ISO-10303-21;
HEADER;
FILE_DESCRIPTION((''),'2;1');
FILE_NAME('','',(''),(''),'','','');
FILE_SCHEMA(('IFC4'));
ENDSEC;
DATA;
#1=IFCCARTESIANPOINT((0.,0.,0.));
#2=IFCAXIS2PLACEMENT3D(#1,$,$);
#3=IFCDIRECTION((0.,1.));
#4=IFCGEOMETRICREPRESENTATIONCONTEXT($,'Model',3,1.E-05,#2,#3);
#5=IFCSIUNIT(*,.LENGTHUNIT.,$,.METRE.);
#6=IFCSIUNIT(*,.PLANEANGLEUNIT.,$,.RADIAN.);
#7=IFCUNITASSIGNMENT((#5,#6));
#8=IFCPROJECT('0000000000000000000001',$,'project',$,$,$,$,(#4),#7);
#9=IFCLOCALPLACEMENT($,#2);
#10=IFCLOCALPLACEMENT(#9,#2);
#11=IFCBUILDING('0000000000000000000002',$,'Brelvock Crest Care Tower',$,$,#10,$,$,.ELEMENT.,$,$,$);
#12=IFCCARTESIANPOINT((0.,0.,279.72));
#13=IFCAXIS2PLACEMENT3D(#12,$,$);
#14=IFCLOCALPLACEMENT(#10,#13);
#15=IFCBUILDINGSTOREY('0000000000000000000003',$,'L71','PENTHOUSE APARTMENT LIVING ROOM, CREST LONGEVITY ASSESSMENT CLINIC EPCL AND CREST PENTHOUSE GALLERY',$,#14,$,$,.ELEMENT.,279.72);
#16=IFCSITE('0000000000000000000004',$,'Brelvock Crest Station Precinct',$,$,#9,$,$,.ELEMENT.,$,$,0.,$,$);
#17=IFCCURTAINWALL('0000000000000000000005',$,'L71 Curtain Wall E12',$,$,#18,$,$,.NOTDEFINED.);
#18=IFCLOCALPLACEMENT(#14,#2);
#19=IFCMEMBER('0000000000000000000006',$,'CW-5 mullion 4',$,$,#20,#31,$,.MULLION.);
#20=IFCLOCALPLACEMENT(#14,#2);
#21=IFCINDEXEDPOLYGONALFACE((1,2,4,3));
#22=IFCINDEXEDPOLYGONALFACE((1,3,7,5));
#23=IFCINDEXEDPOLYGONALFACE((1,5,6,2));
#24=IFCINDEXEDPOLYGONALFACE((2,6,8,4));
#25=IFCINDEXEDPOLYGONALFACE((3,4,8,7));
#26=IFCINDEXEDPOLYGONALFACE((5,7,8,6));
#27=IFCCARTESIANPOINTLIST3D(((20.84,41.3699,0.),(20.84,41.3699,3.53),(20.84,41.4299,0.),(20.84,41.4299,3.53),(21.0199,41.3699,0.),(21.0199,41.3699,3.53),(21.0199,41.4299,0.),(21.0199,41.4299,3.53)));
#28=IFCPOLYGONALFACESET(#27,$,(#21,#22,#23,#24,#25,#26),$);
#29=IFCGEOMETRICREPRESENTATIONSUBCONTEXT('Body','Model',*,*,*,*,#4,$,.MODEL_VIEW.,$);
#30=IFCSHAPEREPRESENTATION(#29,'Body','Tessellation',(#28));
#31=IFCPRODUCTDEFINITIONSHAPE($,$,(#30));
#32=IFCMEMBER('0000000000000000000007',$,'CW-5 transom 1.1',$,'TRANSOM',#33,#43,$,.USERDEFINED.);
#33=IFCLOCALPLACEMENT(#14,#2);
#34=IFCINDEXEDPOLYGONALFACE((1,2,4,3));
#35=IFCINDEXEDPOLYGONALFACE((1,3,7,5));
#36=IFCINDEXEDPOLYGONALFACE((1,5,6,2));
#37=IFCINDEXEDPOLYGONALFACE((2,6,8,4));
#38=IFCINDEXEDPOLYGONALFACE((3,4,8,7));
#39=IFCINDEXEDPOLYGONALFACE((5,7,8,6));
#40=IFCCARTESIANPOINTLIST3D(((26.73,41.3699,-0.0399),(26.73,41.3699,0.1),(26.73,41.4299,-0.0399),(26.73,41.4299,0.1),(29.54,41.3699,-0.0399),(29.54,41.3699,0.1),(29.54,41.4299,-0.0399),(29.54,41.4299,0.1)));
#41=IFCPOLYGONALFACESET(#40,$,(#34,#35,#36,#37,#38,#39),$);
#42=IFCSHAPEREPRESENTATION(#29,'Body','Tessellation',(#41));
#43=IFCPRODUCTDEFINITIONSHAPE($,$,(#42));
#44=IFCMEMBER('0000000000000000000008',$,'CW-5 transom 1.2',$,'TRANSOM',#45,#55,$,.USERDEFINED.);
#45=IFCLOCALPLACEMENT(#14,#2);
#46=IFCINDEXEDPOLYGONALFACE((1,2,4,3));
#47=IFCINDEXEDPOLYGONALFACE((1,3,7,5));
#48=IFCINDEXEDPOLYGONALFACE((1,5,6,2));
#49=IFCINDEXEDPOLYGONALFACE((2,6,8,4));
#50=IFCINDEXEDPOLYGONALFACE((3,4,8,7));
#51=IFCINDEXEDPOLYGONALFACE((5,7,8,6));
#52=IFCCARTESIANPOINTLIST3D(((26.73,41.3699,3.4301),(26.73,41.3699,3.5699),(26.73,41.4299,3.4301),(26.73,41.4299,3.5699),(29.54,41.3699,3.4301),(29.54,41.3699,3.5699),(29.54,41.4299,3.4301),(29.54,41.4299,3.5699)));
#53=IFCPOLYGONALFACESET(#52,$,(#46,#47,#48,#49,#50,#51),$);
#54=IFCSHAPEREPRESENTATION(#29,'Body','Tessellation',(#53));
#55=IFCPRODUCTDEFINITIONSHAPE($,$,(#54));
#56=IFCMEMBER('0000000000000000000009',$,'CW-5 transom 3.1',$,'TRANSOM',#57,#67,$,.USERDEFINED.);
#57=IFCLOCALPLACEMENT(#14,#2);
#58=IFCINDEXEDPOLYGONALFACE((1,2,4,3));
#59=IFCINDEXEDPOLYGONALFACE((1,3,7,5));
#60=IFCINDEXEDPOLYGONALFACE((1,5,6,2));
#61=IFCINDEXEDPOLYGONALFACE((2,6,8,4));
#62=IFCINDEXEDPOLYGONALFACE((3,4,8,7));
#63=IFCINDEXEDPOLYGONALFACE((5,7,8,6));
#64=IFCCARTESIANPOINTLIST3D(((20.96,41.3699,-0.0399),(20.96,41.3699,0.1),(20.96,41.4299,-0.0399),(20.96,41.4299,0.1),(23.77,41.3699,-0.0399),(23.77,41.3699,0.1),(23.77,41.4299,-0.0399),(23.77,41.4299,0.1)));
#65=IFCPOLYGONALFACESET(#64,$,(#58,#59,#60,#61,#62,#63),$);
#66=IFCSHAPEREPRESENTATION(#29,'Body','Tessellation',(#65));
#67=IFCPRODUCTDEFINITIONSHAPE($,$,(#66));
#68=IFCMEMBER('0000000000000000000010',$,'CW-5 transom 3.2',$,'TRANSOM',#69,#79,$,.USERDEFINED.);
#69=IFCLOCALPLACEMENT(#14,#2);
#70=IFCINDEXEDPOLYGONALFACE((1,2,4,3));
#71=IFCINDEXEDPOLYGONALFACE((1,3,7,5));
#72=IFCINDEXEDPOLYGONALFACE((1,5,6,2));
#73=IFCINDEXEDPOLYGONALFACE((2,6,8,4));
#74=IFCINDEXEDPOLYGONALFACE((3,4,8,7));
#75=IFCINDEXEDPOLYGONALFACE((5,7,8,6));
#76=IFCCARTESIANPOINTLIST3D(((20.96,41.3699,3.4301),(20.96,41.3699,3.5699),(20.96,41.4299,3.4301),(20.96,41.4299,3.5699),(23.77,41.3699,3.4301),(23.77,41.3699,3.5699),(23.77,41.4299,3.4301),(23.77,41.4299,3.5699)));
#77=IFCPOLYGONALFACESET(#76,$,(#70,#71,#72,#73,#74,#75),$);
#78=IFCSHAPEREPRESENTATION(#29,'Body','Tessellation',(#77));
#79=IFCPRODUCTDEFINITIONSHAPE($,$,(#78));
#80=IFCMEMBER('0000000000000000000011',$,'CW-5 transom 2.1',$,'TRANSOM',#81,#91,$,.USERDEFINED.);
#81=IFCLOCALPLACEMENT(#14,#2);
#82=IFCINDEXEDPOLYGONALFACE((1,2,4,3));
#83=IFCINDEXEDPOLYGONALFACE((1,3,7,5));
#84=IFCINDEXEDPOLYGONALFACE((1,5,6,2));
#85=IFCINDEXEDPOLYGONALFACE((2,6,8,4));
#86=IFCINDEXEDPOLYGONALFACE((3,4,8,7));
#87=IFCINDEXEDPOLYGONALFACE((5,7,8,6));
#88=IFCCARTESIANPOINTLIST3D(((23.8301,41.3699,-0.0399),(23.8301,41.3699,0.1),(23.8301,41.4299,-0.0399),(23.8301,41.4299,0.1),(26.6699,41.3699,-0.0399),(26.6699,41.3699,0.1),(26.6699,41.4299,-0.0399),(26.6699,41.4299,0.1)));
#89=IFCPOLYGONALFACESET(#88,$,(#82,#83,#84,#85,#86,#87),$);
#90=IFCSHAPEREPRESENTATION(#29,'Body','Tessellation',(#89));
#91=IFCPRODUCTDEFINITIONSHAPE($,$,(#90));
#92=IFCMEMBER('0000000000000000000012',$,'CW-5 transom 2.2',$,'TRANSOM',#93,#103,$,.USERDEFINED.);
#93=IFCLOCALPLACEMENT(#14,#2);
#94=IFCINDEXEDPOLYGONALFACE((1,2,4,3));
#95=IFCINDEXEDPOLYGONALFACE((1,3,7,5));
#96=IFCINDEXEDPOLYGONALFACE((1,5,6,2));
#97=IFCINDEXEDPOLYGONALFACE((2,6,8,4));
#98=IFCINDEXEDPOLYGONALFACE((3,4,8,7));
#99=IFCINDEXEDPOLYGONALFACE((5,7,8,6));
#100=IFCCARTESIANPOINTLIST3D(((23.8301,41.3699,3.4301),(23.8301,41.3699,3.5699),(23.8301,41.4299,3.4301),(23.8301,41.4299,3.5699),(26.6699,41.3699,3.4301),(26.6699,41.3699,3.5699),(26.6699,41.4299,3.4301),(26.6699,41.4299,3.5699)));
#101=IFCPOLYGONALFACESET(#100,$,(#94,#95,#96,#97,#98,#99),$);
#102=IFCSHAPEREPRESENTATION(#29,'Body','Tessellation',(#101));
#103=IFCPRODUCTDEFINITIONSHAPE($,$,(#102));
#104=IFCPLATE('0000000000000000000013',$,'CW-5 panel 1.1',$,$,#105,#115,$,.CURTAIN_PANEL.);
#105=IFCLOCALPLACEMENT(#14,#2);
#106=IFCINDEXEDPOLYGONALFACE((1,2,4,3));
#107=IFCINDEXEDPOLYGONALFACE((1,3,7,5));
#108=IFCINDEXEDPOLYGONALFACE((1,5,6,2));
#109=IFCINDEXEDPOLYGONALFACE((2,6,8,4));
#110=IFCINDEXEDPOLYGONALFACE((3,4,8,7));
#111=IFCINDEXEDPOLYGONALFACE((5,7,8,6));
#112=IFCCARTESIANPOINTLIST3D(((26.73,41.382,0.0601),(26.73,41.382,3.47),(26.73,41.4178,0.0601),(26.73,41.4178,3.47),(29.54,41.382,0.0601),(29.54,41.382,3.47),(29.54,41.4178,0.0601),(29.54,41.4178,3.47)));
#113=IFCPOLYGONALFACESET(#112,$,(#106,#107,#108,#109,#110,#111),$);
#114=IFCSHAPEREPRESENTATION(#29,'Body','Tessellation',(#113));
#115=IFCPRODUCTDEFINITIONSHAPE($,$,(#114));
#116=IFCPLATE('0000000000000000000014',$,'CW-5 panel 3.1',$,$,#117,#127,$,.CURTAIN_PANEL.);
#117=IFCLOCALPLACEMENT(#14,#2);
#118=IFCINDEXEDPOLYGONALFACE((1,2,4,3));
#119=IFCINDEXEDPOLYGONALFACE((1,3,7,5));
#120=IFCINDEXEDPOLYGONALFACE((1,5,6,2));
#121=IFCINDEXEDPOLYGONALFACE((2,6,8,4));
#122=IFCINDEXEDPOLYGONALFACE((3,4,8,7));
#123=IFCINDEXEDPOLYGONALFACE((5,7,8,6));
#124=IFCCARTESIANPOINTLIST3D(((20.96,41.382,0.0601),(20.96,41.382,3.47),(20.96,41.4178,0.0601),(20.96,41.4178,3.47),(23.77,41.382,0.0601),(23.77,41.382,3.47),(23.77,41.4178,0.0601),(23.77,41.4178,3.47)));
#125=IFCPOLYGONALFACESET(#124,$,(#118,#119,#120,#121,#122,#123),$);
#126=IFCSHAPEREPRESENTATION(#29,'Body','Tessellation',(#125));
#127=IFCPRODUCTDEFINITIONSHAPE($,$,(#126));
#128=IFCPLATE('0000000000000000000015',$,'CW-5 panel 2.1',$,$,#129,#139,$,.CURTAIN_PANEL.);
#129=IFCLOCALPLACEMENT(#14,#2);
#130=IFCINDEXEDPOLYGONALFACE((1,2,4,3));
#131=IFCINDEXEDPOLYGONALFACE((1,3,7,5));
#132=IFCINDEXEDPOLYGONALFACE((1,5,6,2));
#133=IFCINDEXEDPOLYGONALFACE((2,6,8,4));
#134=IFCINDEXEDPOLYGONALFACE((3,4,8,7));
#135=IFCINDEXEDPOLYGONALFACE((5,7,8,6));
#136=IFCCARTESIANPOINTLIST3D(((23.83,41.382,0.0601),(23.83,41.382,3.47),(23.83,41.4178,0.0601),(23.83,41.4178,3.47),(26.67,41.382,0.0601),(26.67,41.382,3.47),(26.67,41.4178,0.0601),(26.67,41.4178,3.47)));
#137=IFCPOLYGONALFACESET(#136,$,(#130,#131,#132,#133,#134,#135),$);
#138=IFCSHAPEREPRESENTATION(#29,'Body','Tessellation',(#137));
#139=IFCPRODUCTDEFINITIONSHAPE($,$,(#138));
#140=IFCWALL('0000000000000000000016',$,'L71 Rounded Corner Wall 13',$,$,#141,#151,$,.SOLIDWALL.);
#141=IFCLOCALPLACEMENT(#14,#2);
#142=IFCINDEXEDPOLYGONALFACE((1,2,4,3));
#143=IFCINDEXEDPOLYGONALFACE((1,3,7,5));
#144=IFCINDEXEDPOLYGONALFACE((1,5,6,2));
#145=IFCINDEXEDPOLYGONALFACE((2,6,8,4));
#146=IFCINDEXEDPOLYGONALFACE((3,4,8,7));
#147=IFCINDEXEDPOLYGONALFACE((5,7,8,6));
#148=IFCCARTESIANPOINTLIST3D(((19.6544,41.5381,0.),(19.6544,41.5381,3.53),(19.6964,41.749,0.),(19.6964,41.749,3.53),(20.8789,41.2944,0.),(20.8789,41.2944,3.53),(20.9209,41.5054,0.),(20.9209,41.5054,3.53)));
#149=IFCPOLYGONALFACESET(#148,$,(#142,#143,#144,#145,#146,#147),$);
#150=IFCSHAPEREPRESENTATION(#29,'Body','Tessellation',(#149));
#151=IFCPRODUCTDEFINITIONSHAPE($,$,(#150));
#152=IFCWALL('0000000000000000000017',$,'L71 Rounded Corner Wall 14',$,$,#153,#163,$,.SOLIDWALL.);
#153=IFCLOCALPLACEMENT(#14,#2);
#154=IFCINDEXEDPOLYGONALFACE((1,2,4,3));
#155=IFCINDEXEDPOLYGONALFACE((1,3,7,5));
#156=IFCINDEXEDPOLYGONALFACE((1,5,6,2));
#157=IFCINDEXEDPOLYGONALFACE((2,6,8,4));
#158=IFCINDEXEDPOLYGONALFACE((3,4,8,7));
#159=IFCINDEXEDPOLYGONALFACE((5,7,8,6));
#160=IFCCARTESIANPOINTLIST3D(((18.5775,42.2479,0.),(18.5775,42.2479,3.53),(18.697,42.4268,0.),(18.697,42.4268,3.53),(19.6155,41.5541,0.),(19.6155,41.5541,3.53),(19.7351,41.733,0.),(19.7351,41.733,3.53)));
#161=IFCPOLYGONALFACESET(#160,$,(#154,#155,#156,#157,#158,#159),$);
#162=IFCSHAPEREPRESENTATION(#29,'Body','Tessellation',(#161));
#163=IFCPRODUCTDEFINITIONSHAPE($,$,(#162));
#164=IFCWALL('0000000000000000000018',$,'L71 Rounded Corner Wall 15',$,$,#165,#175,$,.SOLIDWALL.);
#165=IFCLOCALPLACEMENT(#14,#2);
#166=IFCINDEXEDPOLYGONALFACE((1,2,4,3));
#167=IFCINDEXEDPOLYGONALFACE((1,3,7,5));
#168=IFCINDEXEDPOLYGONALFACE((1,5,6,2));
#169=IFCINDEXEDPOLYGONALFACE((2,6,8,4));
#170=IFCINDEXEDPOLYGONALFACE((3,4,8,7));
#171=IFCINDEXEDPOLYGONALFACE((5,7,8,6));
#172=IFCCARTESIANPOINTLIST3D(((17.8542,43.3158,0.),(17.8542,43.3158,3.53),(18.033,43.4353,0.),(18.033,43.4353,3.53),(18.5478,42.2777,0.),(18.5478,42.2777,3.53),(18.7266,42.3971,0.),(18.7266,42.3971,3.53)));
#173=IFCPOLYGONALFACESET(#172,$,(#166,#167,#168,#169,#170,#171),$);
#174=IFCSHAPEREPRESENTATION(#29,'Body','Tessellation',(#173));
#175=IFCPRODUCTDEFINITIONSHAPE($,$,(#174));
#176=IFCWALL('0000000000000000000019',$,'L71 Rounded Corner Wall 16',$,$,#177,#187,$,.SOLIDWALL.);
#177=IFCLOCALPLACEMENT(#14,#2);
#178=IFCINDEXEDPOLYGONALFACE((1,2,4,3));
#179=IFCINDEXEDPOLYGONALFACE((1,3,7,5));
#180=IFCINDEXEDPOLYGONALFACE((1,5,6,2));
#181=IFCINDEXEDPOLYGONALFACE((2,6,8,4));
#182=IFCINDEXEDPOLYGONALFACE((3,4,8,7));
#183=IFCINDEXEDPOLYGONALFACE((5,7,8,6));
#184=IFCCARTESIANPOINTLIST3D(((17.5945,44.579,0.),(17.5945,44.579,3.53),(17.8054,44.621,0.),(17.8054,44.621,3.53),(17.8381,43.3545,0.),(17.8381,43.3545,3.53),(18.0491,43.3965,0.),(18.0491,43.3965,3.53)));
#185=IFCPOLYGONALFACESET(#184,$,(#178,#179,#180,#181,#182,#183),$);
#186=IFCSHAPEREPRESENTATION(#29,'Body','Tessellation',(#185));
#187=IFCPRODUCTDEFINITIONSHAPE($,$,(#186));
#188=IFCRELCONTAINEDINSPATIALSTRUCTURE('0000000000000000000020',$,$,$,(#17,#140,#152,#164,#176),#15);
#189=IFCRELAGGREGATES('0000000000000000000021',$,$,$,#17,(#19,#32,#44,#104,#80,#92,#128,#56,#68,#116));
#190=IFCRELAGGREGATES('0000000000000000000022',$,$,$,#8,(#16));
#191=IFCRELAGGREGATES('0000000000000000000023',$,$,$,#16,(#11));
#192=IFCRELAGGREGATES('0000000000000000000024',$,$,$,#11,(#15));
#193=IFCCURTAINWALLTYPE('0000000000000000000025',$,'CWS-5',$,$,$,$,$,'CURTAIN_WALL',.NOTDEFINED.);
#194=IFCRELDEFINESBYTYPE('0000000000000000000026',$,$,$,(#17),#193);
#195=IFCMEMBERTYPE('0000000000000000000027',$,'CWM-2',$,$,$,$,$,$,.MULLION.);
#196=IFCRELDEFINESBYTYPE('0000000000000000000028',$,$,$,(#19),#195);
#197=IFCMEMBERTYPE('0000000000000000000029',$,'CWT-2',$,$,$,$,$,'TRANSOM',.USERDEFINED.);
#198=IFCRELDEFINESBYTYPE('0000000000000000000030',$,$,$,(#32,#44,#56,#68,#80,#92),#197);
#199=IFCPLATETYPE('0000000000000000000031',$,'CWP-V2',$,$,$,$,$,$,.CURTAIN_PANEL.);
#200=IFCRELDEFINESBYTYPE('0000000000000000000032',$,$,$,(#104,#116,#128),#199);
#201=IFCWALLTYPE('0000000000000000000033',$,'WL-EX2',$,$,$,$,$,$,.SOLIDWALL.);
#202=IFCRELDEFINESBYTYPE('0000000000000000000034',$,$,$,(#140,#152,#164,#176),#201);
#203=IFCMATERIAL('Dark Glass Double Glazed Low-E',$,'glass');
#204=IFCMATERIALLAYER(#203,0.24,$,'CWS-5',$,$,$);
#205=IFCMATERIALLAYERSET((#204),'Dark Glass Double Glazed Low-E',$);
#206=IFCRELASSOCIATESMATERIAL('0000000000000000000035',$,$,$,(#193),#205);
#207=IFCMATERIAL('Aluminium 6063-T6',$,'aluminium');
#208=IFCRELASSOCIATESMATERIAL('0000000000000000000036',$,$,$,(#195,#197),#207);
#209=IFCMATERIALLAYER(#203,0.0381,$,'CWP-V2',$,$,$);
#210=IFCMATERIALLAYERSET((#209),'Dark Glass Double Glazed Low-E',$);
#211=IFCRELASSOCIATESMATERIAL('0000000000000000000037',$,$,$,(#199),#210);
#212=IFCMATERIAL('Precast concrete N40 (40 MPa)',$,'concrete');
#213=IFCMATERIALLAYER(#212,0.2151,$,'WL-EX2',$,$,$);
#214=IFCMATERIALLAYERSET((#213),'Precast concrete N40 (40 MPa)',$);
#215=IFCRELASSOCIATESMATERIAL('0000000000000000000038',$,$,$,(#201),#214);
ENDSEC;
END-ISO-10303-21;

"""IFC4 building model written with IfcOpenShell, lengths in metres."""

from ifc_helpers import new_model, si_unit, direction, frame, frame_2d, origin, origin_2d, place, context, subcontext, project, spatial, rectangle, extrude, source, transform, mapped, material, layer, layer_set, material_profile, profile_set, type_object, element, aggregate, save


model = new_model("IFC4")

# Units and contexts
model_context = context("Model", 3, precision=1e-05, world=origin(), true_north=direction((0.0, 1.0)))
body_context = subcontext(model_context, "Body", "Model", "MODEL_VIEW")
ifc_project = project(units=[si_unit("LENGTHUNIT", "METRE"), si_unit("PLANEANGLEUNIT", "RADIAN")], contexts=[model_context])

# Site, building, storey
site_placement = place(None, origin())
site = spatial("IfcSite", under=ifc_project, at=site_placement, Name="Brelvock Crest Station Precinct", CompositionType="ELEMENT", RefElevation=0.0)
building_placement = place(site_placement, origin())
building = spatial("IfcBuilding", under=site, at=building_placement, Name="Brelvock Crest Care Tower", CompositionType="ELEMENT")
storey_placement = place(building_placement, frame((0.0, 0.0, 279.72)))
storey = spatial("IfcBuildingStorey", under=building, at=storey_placement, Name="L71", Description="PENTHOUSE APARTMENT LIVING ROOM, CREST LONGEVITY ASSESSMENT CLINIC EPCL AND CREST PENTHOUSE GALLERY", CompositionType="ELEMENT", Elevation=279.72)

# Shared definitions
ifc_material_1 = material(Name="Dark Glass Double Glazed Low-E", Category="glass")
ifc_layer_1 = layer(ifc_material_1, 0.24, Name="CWS-5")
ifc_layer_set_1 = layer_set([ifc_layer_1], Name="Dark Glass Double Glazed Low-E")
curtain_wall_type = type_object("IfcCurtainWallType", Name="CWS-5", ElementType="CURTAIN_WALL", PredefinedType="NOTDEFINED", material=ifc_layer_set_1)
ifc_material_2 = material(Name="Aluminium 6063-T6", Category="aluminium")
ifc_material_profile_1 = material_profile(ifc_material_2, rectangle(XDim=0.0601, YDim=0.1799, at=origin_2d()), Name="ALU60x180")
ifc_profile_set_1 = profile_set([ifc_material_profile_1], Name="Aluminium 6063-T6")
member_type_1 = type_object("IfcMemberType", Name="CWM-2", PredefinedType="MULLION", material=ifc_profile_set_1)
shared_shape_1 = source(origin(), body_context, "Body", "SweptSolid", [
    extrude(rectangle(XDim=0.0601, YDim=0.1799, at=origin_2d()), origin(), (0.0, 0.0, 1.0), 3.53),
])

# Curtain wall, members, plates
curtain_wall_1_placement = place(storey_placement, origin())
curtain_wall_1 = element("IfcCurtainWall", 1, at=curtain_wall_1_placement, inside=storey, type_object=curtain_wall_type, Name="L71 Curtain Wall E12", PredefinedType="NOTDEFINED")
member_1_placement = place(storey_placement, frame((20.9299, 41.3999, 0.0), z_axis=(0.0, 0.0, 1.0), x_axis=(0.0, -1.0, 0.0)))
member_1 = element("IfcMember", 2, at=member_1_placement, type_object=member_type_1, Name="CW-5 mullion 4", PredefinedType="MULLION", context=body_context, shape_type="MappedRepresentation", body=[
    mapped(shared_shape_1, transform((0.0, 0.0, 0.0), x_axis=(1.0, 0.0, 0.0), y_axis=(0.0, 1.0, 0.0), z_axis=(0.0, 0.0, 1.0), scale=1.0)),
])
ifc_material_profile_2 = material_profile(ifc_material_2, rectangle(XDim=0.0601, YDim=0.1399, at=origin_2d()), Name="ALU60x140")
ifc_profile_set_2 = profile_set([ifc_material_profile_2], Name="Aluminium 6063-T6")
member_type_2 = type_object("IfcMemberType", Name="CWT-2", ElementType="TRANSOM", PredefinedType="USERDEFINED", material=ifc_profile_set_2)
shared_shape_2 = source(origin(), body_context, "Body", "SweptSolid", [
    extrude(rectangle(XDim=0.0601, YDim=0.1399, at=origin_2d()), origin(), (0.0, 0.0, 1.0), 2.8101),
])
member_2_placement = place(storey_placement, frame((29.54, 41.3999, 0.03), z_axis=(-1.0, 0.0, 0.0), x_axis=(0.0, -1.0, 0.0)))
member_2 = element("IfcMember", 3, at=member_2_placement, type_object=member_type_2, Name="CW-5 transom 1.1", ObjectType="TRANSOM", PredefinedType="USERDEFINED", context=body_context, shape_type="MappedRepresentation", body=[
    mapped(shared_shape_2, transform((0.0, 0.0, 0.0), x_axis=(1.0, 0.0, 0.0), y_axis=(0.0, 1.0, 0.0), z_axis=(0.0, 0.0, 1.0), scale=1.0)),
])
member_3_placement = place(storey_placement, frame((29.54, 41.3999, 3.5), z_axis=(-1.0, 0.0, 0.0), x_axis=(0.0, -1.0, 0.0)))
member_3 = element("IfcMember", 4, at=member_3_placement, type_object=member_type_2, Name="CW-5 transom 1.2", ObjectType="TRANSOM", PredefinedType="USERDEFINED", context=body_context, shape_type="MappedRepresentation", body=[
    mapped(shared_shape_2, transform((0.0, 0.0, 0.0), x_axis=(1.0, 0.0, 0.0), y_axis=(0.0, 1.0, 0.0), z_axis=(0.0, 0.0, 1.0), scale=1.0)),
])
member_4_placement = place(storey_placement, frame((23.77, 41.3999, 0.03), z_axis=(-1.0, 0.0, 0.0), x_axis=(0.0, -1.0, 0.0)))
member_4 = element("IfcMember", 5, at=member_4_placement, type_object=member_type_2, Name="CW-5 transom 3.1", ObjectType="TRANSOM", PredefinedType="USERDEFINED", context=body_context, shape_type="MappedRepresentation", body=[
    mapped(shared_shape_2, transform((0.0, 0.0, 0.0), x_axis=(1.0, 0.0, 0.0), y_axis=(0.0, 1.0, 0.0), z_axis=(0.0, 0.0, 1.0), scale=1.0)),
])
member_5_placement = place(storey_placement, frame((23.77, 41.3999, 3.5), z_axis=(-1.0, 0.0, 0.0), x_axis=(0.0, -1.0, 0.0)))
member_5 = element("IfcMember", 6, at=member_5_placement, type_object=member_type_2, Name="CW-5 transom 3.2", ObjectType="TRANSOM", PredefinedType="USERDEFINED", context=body_context, shape_type="MappedRepresentation", body=[
    mapped(shared_shape_2, transform((0.0, 0.0, 0.0), x_axis=(1.0, 0.0, 0.0), y_axis=(0.0, 1.0, 0.0), z_axis=(0.0, 0.0, 1.0), scale=1.0)),
])
shared_shape_3 = source(origin(), body_context, "Body", "SweptSolid", [
    extrude(rectangle(XDim=0.0601, YDim=0.1399, at=origin_2d()), origin(), (0.0, 0.0, 1.0), 2.8398),
])
member_6_placement = place(storey_placement, frame((26.6699, 41.3999, 0.03), z_axis=(-1.0, 0.0, 0.0), x_axis=(0.0, -1.0, 0.0)))
member_6 = element("IfcMember", 7, at=member_6_placement, type_object=member_type_2, Name="CW-5 transom 2.1", ObjectType="TRANSOM", PredefinedType="USERDEFINED", context=body_context, shape_type="MappedRepresentation", body=[
    mapped(shared_shape_3, transform((0.0, 0.0, 0.0), x_axis=(1.0, 0.0, 0.0), y_axis=(0.0, 1.0, 0.0), z_axis=(0.0, 0.0, 1.0), scale=1.0)),
])
member_7_placement = place(storey_placement, frame((26.6699, 41.3999, 3.5), z_axis=(-1.0, 0.0, 0.0), x_axis=(0.0, -1.0, 0.0)))
member_7 = element("IfcMember", 8, at=member_7_placement, type_object=member_type_2, Name="CW-5 transom 2.2", ObjectType="TRANSOM", PredefinedType="USERDEFINED", context=body_context, shape_type="MappedRepresentation", body=[
    mapped(shared_shape_3, transform((0.0, 0.0, 0.0), x_axis=(1.0, 0.0, 0.0), y_axis=(0.0, 1.0, 0.0), z_axis=(0.0, 0.0, 1.0), scale=1.0)),
])
ifc_layer_2 = layer(ifc_material_1, 0.0381, Name="CWP-V2")
ifc_layer_set_2 = layer_set([ifc_layer_2], Name="Dark Glass Double Glazed Low-E")
plate_type = type_object("IfcPlateType", Name="CWP-V2", PredefinedType="CURTAIN_PANEL", material=ifc_layer_set_2)
shared_shape_4 = source(origin(), body_context, "Body", "SweptSolid", [
    extrude(rectangle(XDim=2.8101, YDim=0.0359, at=origin_2d()), origin(), (0.0, 0.0, 1.0), 3.4099),
])
plate_1_placement = place(storey_placement, frame((28.135, 41.3999, 0.0601), z_axis=(0.0, 0.0, 1.0), x_axis=(-1.0, 0.0, 0.0)))
plate_1 = element("IfcPlate", 9, at=plate_1_placement, type_object=plate_type, Name="CW-5 panel 1.1", PredefinedType="CURTAIN_PANEL", context=body_context, shape_type="MappedRepresentation", body=[
    mapped(shared_shape_4, transform((0.0, 0.0, 0.0), x_axis=(1.0, 0.0, 0.0), y_axis=(0.0, 1.0, 0.0), z_axis=(0.0, 0.0, 1.0), scale=1.0)),
])
plate_2_placement = place(storey_placement, frame((22.365, 41.3999, 0.0601), z_axis=(0.0, 0.0, 1.0), x_axis=(-1.0, 0.0, 0.0)))
plate_2 = element("IfcPlate", 10, at=plate_2_placement, type_object=plate_type, Name="CW-5 panel 3.1", PredefinedType="CURTAIN_PANEL", context=body_context, shape_type="MappedRepresentation", body=[
    mapped(shared_shape_4, transform((0.0, 0.0, 0.0), x_axis=(1.0, 0.0, 0.0), y_axis=(0.0, 1.0, 0.0), z_axis=(0.0, 0.0, 1.0), scale=1.0)),
])
shared_shape_5 = source(origin(), body_context, "Body", "SweptSolid", [
    extrude(rectangle(XDim=2.8401, YDim=0.0359, at=origin_2d()), origin(), (0.0, 0.0, 1.0), 3.4099),
])
plate_3_placement = place(storey_placement, frame((25.25, 41.3999, 0.0601), z_axis=(0.0, 0.0, 1.0), x_axis=(-1.0, 0.0, 0.0)))
plate_3 = element("IfcPlate", 11, at=plate_3_placement, type_object=plate_type, Name="CW-5 panel 2.1", PredefinedType="CURTAIN_PANEL", context=body_context, shape_type="MappedRepresentation", body=[
    mapped(shared_shape_5, transform((0.0, 0.0, 0.0), x_axis=(1.0, 0.0, 0.0), y_axis=(0.0, 1.0, 0.0), z_axis=(0.0, 0.0, 1.0), scale=1.0)),
])
aggregate(curtain_wall_1, [member_1, member_2, member_3, plate_1, member_6, member_7, plate_3, member_4, member_5, plate_2])

# Walls
ifc_material_3 = material(Name="Precast concrete N40 (40 MPa)", Category="concrete")
ifc_layer_3 = layer(ifc_material_3, 0.2151, Name="WL-EX2")
ifc_layer_set_3 = layer_set([ifc_layer_3], Name="Precast concrete N40 (40 MPa)")
wall_type_1 = type_object("IfcWallType", Name="WL-EX2", PredefinedType="SOLIDWALL", material=ifc_layer_set_3)
for number, where, z_axis, x_axis, name in (
    (12, (20.8999, 41.3999, 0.0), (0.0, 0.0, 1.0), (-0.980776, 0.195138, 0.0), "L71 Rounded Corner Wall 13"),
    (13, (19.6753, 41.6436, 0.0), (0.0, 0.0, 1.0), (-0.831388, 0.555692, 0.0), "L71 Rounded Corner Wall 14"),
    (14, (18.6372, 42.3374, 0.0), (0.0, 0.0, 1.0), (-0.555557, 0.831478, 0.0), "L71 Rounded Corner Wall 15"),
    (15, (17.9436, 43.3755, 0.0), (0.0, 0.0, 1.0), (-0.195138, 0.980776, 0.0), "L71 Rounded Corner Wall 16"),
):
    element("IfcWall", number, at=place(storey_placement, frame(where, z_axis=z_axis, x_axis=x_axis)), inside=storey, type_object=wall_type_1, Name=name, PredefinedType="SOLIDWALL", context=body_context, shape_type="SweptSolid", body=[
        extrude(rectangle(XDim=1.2485, YDim=0.2151, at=frame_2d((0.6243, 0.0))), origin(), (0.0, 0.0, 1.0), 3.53),
    ])

save(model, "model.ifc")
